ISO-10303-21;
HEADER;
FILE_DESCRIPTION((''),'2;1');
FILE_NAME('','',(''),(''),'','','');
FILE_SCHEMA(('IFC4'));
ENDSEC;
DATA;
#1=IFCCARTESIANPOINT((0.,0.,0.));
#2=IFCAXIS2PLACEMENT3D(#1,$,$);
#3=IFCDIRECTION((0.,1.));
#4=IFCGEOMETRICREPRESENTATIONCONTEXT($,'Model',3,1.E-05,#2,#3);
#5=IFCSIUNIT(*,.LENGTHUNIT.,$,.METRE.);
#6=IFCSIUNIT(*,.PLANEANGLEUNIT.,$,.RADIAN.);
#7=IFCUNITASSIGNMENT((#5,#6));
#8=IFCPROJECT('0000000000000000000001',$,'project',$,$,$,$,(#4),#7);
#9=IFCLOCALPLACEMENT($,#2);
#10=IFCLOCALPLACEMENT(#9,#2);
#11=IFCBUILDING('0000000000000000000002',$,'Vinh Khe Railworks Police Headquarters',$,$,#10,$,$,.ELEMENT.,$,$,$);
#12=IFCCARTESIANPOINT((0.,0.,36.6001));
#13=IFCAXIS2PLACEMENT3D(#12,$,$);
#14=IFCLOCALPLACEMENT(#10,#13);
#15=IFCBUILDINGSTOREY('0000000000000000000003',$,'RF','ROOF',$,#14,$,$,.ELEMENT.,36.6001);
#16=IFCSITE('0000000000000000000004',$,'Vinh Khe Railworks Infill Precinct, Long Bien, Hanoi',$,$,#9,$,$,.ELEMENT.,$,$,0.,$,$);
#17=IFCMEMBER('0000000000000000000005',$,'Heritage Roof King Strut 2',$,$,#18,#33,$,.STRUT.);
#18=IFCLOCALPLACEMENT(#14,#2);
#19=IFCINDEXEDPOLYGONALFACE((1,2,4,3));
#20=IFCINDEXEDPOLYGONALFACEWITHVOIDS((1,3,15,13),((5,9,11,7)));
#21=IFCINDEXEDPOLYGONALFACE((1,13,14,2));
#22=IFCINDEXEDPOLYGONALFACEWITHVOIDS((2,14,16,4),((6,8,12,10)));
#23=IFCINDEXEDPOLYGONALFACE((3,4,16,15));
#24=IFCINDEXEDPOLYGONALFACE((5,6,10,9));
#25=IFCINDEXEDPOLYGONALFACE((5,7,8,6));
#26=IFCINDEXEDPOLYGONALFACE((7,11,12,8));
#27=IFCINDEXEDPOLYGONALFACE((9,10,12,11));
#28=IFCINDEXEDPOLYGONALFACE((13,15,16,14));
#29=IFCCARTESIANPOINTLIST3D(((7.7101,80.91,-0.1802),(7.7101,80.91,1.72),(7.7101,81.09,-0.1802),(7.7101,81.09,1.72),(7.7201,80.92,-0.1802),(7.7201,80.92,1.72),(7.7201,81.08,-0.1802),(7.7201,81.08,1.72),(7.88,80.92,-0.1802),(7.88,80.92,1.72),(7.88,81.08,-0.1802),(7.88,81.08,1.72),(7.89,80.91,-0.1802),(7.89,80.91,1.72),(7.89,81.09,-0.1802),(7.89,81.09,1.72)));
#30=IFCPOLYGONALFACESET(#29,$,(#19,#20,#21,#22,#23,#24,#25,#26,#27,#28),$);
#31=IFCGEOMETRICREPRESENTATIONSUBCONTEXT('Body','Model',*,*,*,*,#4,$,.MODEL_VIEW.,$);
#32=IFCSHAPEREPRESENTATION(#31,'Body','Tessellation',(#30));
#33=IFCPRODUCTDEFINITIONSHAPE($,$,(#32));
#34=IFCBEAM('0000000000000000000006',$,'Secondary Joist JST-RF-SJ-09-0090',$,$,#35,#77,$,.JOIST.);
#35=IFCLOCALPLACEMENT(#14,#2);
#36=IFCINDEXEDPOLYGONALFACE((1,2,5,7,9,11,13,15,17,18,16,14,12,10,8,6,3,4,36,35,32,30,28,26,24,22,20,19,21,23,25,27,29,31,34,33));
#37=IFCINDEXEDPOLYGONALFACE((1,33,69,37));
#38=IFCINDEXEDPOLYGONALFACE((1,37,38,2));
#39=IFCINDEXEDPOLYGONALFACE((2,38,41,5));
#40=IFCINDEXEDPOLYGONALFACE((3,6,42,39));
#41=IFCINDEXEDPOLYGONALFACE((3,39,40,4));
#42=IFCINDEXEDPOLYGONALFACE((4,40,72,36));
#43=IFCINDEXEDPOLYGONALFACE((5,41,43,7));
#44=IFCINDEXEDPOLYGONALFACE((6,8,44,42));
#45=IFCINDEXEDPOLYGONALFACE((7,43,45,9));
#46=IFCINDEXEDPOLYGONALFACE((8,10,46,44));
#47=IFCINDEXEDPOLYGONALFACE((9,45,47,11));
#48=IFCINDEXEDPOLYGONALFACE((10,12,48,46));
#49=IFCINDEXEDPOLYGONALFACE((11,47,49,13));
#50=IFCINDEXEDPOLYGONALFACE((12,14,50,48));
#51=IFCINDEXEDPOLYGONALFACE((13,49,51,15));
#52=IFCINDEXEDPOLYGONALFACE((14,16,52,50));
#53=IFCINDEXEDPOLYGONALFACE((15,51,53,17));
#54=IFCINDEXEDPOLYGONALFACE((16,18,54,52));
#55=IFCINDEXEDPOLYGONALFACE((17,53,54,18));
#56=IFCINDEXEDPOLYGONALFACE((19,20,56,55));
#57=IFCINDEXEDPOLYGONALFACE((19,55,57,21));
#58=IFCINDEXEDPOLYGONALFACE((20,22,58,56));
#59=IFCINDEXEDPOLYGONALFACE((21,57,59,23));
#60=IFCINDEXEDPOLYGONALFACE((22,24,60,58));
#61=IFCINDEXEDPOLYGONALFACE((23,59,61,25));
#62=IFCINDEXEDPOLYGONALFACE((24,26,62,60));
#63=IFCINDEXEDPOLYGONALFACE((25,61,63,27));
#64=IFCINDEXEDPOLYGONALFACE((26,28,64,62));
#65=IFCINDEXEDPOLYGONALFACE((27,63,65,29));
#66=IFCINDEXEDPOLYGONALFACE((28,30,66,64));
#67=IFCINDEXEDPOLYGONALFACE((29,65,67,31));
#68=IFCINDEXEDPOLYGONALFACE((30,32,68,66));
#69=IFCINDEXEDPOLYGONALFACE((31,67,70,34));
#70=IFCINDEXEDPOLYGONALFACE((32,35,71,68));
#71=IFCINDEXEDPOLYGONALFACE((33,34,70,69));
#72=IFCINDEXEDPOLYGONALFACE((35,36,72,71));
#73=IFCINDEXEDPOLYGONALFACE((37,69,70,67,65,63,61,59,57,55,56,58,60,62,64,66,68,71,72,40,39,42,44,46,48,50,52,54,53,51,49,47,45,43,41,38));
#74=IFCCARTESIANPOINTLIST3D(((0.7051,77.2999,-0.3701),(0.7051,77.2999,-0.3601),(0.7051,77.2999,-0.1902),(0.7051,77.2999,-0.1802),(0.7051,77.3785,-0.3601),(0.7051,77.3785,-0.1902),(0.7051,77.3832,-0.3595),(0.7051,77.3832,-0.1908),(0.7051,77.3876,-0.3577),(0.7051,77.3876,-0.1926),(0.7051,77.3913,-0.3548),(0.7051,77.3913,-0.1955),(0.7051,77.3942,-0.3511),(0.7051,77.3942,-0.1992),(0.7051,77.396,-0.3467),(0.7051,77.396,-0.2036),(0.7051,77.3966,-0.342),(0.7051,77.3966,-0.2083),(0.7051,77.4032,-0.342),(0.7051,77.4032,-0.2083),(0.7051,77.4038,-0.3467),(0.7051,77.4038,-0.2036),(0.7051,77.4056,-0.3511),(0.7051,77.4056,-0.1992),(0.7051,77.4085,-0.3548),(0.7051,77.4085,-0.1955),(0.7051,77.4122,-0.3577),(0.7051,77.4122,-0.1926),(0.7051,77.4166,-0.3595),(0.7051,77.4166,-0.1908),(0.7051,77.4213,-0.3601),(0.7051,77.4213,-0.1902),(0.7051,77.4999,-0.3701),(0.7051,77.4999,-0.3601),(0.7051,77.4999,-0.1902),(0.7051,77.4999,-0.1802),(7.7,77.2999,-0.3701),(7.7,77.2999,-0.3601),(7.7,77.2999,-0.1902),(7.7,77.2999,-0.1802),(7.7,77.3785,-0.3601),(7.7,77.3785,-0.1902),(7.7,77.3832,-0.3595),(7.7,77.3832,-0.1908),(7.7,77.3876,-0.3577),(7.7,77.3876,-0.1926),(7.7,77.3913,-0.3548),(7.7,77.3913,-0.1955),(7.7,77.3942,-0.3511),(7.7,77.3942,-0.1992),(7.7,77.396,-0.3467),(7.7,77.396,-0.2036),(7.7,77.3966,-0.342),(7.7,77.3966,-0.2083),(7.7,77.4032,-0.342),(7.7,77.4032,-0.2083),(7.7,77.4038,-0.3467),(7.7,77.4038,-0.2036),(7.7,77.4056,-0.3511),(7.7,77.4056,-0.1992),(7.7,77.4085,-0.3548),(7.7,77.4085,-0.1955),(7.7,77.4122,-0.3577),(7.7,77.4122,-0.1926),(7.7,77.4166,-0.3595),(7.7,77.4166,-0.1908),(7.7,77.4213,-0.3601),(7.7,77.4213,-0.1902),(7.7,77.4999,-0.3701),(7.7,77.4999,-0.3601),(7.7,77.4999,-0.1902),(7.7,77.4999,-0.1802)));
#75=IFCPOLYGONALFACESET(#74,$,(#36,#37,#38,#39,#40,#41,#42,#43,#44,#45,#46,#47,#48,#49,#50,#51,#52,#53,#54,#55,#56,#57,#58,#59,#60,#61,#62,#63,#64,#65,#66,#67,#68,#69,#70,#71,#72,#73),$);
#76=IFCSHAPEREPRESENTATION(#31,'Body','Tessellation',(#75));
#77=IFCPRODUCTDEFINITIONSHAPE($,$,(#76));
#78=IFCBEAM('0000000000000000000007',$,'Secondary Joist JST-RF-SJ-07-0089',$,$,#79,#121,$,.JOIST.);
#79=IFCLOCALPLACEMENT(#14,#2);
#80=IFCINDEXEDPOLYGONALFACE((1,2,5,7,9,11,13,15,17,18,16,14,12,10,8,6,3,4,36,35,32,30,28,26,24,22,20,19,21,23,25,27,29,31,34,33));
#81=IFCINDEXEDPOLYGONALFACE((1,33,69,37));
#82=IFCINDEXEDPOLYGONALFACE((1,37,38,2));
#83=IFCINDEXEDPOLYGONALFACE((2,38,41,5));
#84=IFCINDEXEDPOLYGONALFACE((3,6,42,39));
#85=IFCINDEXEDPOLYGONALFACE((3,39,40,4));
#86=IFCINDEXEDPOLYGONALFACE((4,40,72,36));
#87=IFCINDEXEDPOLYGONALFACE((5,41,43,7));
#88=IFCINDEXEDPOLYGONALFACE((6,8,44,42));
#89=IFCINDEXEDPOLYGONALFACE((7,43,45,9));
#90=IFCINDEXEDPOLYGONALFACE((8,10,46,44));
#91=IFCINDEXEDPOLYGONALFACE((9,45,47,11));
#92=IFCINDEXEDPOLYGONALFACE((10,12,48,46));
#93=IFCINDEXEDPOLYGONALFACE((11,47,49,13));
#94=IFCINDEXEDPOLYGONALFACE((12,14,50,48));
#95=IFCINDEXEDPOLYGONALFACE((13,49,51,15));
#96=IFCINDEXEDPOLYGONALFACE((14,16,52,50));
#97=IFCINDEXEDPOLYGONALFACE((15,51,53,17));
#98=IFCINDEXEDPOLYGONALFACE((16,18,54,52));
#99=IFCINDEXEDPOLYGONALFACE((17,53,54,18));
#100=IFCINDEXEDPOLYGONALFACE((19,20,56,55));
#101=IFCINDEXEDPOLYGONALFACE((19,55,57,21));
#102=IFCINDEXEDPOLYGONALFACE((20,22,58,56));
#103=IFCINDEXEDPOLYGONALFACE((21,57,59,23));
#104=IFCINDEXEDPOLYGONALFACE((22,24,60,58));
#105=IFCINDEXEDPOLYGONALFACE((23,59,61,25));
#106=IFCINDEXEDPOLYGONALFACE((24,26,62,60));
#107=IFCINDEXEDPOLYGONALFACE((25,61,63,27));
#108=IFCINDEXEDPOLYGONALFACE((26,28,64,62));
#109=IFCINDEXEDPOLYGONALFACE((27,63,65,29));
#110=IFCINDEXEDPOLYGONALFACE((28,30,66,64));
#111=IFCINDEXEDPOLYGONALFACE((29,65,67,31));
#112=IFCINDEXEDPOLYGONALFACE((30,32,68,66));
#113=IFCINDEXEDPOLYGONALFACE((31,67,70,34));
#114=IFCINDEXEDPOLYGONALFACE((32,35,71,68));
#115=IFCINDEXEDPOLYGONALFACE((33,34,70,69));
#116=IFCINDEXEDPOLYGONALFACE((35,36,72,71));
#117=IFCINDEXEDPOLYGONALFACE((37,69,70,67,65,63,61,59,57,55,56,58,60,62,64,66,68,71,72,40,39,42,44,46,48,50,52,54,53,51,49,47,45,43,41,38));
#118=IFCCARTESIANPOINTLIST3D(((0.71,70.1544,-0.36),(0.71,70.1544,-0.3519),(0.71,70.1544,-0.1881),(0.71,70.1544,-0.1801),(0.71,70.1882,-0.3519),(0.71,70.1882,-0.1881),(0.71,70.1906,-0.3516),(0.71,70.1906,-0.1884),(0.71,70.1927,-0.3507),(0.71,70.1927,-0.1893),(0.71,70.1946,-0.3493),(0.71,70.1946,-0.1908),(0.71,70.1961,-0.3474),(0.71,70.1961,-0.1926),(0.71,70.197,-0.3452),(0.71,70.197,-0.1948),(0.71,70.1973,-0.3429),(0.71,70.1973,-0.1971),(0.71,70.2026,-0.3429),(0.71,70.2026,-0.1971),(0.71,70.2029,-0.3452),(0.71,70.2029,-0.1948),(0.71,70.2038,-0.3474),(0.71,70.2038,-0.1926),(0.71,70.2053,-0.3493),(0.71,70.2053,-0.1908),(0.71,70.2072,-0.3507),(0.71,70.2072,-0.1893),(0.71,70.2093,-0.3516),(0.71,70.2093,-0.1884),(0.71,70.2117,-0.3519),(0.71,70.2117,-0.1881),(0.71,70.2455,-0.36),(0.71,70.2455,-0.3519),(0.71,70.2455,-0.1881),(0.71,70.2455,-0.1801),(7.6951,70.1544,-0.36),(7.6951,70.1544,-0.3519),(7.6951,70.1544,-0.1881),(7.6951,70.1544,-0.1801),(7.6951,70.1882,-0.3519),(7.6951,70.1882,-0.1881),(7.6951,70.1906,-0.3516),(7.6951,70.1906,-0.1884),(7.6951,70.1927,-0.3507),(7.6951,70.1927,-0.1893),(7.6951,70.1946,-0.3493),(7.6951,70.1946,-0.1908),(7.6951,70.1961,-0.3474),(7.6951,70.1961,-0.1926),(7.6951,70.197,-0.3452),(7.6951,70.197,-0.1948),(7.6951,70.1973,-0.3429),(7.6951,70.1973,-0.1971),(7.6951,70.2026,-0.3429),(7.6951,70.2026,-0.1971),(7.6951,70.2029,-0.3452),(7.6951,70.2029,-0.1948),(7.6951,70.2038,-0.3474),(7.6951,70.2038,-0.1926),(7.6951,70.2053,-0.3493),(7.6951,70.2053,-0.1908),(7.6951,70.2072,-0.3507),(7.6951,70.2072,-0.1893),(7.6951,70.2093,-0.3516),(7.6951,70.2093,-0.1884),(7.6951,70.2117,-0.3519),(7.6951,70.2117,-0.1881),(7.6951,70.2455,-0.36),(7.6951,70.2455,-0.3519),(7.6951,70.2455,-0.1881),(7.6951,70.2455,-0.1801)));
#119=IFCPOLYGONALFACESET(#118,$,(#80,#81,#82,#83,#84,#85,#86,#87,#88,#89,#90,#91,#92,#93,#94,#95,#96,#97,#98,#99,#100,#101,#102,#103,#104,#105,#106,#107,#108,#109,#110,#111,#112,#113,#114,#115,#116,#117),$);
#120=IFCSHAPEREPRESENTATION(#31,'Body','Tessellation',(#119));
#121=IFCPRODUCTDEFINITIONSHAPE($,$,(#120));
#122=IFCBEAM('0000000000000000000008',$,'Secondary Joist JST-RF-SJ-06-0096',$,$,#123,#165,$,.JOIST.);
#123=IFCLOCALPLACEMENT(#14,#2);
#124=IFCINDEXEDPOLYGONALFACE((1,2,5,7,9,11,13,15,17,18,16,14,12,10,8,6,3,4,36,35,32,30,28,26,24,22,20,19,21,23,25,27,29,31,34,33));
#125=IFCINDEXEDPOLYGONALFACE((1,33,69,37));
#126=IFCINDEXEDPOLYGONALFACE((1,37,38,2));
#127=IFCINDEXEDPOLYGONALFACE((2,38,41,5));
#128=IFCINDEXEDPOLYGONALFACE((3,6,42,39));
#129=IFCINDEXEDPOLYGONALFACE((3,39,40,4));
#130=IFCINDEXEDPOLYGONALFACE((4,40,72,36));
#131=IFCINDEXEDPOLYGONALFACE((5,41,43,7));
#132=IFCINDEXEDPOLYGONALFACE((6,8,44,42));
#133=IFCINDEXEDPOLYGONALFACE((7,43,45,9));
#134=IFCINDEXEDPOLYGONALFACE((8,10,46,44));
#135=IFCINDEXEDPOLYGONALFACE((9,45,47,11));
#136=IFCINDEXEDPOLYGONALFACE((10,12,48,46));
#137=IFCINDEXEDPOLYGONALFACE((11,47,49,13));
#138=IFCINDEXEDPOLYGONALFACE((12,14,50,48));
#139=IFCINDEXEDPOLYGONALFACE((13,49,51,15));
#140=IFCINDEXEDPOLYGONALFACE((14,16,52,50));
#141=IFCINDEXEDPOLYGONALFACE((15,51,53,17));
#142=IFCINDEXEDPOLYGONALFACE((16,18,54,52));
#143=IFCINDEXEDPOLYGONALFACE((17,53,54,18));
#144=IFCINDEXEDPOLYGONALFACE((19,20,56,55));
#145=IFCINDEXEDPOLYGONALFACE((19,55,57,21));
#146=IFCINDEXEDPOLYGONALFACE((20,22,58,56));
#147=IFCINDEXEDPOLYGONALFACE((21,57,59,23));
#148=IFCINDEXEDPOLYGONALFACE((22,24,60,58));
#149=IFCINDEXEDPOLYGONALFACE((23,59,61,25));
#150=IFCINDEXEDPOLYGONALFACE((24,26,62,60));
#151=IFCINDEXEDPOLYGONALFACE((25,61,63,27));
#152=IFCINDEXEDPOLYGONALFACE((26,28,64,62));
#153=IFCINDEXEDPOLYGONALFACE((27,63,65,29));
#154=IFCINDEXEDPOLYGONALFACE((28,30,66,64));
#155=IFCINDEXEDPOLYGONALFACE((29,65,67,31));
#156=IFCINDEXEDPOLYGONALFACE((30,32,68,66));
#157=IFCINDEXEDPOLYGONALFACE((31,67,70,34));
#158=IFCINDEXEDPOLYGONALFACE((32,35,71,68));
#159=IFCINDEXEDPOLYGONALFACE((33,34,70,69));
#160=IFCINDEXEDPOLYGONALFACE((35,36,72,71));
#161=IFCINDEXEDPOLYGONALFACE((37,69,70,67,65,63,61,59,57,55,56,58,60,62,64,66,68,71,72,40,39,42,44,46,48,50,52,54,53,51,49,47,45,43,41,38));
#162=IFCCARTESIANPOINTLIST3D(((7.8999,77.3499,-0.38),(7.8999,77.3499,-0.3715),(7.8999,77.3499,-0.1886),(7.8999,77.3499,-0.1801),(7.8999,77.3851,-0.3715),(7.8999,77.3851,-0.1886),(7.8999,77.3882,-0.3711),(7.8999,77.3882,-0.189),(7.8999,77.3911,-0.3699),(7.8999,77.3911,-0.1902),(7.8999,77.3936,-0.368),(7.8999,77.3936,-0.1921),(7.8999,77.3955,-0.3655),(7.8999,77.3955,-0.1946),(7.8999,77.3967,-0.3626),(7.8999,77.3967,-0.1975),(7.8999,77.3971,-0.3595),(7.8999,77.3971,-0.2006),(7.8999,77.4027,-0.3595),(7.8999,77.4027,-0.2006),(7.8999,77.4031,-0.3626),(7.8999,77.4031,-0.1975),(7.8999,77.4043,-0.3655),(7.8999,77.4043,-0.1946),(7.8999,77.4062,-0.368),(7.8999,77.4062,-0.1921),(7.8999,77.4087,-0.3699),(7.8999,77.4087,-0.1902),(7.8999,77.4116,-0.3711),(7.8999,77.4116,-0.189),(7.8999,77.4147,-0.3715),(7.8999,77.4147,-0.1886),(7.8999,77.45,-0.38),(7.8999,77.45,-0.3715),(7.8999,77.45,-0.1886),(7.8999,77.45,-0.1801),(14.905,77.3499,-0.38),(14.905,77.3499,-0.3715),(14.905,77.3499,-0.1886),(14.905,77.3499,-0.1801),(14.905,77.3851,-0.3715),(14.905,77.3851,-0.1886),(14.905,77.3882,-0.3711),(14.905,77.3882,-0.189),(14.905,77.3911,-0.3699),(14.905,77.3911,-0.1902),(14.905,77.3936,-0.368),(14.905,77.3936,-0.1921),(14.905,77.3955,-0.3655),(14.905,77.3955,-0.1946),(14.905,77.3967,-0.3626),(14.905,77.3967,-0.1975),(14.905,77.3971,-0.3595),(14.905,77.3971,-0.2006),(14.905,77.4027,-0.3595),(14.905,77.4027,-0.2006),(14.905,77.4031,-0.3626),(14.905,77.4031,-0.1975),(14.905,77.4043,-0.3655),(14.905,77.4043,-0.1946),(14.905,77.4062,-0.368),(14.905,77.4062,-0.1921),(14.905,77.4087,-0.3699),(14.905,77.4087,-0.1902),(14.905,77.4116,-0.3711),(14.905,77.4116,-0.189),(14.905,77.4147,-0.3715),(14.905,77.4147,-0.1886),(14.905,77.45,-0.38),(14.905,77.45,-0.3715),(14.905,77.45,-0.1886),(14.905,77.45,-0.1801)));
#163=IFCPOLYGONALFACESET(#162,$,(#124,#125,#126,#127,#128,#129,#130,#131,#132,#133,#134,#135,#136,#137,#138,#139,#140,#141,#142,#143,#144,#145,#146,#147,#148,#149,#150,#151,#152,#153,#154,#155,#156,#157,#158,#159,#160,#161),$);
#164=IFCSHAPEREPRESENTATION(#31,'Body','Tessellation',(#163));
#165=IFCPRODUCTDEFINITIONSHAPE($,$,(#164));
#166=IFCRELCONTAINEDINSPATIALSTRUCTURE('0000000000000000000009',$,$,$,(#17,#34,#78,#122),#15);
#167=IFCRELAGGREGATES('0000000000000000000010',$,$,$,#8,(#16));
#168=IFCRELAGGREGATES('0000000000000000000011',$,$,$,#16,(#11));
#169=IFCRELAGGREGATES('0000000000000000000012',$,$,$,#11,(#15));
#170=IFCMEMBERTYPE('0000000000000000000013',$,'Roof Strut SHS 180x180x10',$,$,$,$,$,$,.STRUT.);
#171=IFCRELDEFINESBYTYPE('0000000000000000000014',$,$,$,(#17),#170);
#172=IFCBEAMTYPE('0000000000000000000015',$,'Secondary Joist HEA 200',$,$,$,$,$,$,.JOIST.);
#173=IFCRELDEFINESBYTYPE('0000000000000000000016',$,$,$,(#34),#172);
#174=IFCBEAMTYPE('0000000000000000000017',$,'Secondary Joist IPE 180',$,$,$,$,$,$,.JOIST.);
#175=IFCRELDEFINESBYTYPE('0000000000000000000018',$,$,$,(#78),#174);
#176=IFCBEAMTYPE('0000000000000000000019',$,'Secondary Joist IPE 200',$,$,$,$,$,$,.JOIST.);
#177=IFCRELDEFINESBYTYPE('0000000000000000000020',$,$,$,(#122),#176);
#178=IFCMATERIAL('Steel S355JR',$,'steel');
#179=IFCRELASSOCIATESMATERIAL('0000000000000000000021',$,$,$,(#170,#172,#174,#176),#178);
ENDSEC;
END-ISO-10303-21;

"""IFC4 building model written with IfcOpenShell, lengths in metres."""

from ifc_helpers import new_model, si_unit, direction, frame, origin, origin_2d, place, context, subcontext, project, spatial, hollow_rectangle, i_section, extrude, material, material_profile, profile_set, type_object, element, save


model = new_model("IFC4")

# Units and contexts
model_context = context("Model", 3, precision=1e-05, world=origin(), true_north=direction((0.0, 1.0)))
body_context = subcontext(model_context, "Body", "Model", "MODEL_VIEW")
ifc_project = project(units=[si_unit("LENGTHUNIT", "METRE"), si_unit("PLANEANGLEUNIT", "RADIAN")], contexts=[model_context])

# Site, building, storey
site_placement = place(None, origin())
site = spatial("IfcSite", under=ifc_project, at=site_placement, Name="Vinh Khe Railworks Infill Precinct, Long Bien, Hanoi", CompositionType="ELEMENT", RefElevation=0.0)
building_placement = place(site_placement, origin())
building = spatial("IfcBuilding", under=site, at=building_placement, Name="Vinh Khe Railworks Police Headquarters", CompositionType="ELEMENT")
storey_placement = place(building_placement, frame((0.0, 0.0, 36.6001)))
storey = spatial("IfcBuildingStorey", under=building, at=storey_placement, Name="RF", Description="ROOF", CompositionType="ELEMENT", Elevation=36.6001)

# Member
ifc_material_1 = material(Name="Steel S355JR", Category="steel")
ifc_material_profile_1 = material_profile(ifc_material_1, hollow_rectangle(XDim=0.1799, YDim=0.1799, WallThickness=0.01, at=origin_2d()), Name="SHS 180x180x10")
ifc_profile_set_1 = profile_set([ifc_material_profile_1], Name="Steel S355JR")
member_type_1 = type_object("IfcMemberType", Name="Roof Strut SHS 180x180x10", PredefinedType="STRUT", material=ifc_profile_set_1)
member_placement = place(storey_placement, frame((7.8, 81.0, -0.1802), z_axis=(0.0, 0.0, 1.0), x_axis=(1.0, 0.0, 0.0)))
element("IfcMember", 1, at=member_placement, inside=storey, type_object=member_type_1, Name="Heritage Roof King Strut 2", PredefinedType="STRUT", context=body_context, shape_type="SweptSolid", body=[
    extrude(hollow_rectangle(XDim=0.1799, YDim=0.1799, WallThickness=0.01, at=origin_2d()), origin(), (0.0, 0.0, 1.0), 1.9001),
])

# Beams
ifc_material_profile_2 = material_profile(ifc_material_1, i_section(OverallWidth=0.2, OverallDepth=0.1899, WebThickness=0.0066, FlangeThickness=0.01, FilletRadius=0.0181, at=origin_2d()), Name="HEA 200")
ifc_profile_set_2 = profile_set([ifc_material_profile_2], Name="Steel S355JR")
beam_type_1 = type_object("IfcBeamType", Name="Secondary Joist HEA 200", PredefinedType="JOIST", material=ifc_profile_set_2)
beam_1_placement = place(storey_placement, frame((0.7051, 77.3999, -0.2751), z_axis=(1.0, 0.0, 0.0), x_axis=(0.0, 1.0, 0.0)))
element("IfcBeam", 2, at=beam_1_placement, inside=storey, type_object=beam_type_1, Name="Secondary Joist JST-RF-SJ-09-0090", PredefinedType="JOIST", context=body_context, shape_type="SweptSolid", body=[
    extrude(i_section(OverallWidth=0.2, OverallDepth=0.1899, WebThickness=0.0066, FlangeThickness=0.01, FilletRadius=0.0181, at=origin_2d()), origin(), (0.0, 0.0, 1.0), 6.9949),
])
ifc_material_profile_3 = material_profile(ifc_material_1, i_section(OverallWidth=0.0911, OverallDepth=0.1799, WebThickness=0.0054, FlangeThickness=0.0081, FilletRadius=0.009, at=origin_2d()), Name="IPE 180")
ifc_profile_set_3 = profile_set([ifc_material_profile_3], Name="Steel S355JR")
beam_type_2 = type_object("IfcBeamType", Name="Secondary Joist IPE 180", PredefinedType="JOIST", material=ifc_profile_set_3)
beam_2_placement = place(storey_placement, frame((0.71, 70.2, -0.27), z_axis=(1.0, 0.0, 0.0), x_axis=(0.0, 1.0, 0.0)))
element("IfcBeam", 3, at=beam_2_placement, inside=storey, type_object=beam_type_2, Name="Secondary Joist JST-RF-SJ-07-0089", PredefinedType="JOIST", context=body_context, shape_type="SweptSolid", body=[
    extrude(i_section(OverallWidth=0.0911, OverallDepth=0.1799, WebThickness=0.0054, FlangeThickness=0.0081, FilletRadius=0.009, at=origin_2d()), origin(), (0.0, 0.0, 1.0), 6.9851),
])
ifc_material_profile_4 = material_profile(ifc_material_1, i_section(OverallWidth=0.1001, OverallDepth=0.2, WebThickness=0.0056, FlangeThickness=0.0085, FilletRadius=0.012, at=origin_2d()), Name="IPE 200")
ifc_profile_set_4 = profile_set([ifc_material_profile_4], Name="Steel S355JR")
beam_type_3 = type_object("IfcBeamType", Name="Secondary Joist IPE 200", PredefinedType="JOIST", material=ifc_profile_set_4)
beam_3_placement = place(storey_placement, frame((7.8999, 77.3999, -0.28), z_axis=(1.0, 0.0, 0.0), x_axis=(0.0, 1.0, 0.0)))
element("IfcBeam", 4, at=beam_3_placement, inside=storey, type_object=beam_type_3, Name="Secondary Joist JST-RF-SJ-06-0096", PredefinedType="JOIST", context=body_context, shape_type="SweptSolid", body=[
    extrude(i_section(OverallWidth=0.1001, OverallDepth=0.2, WebThickness=0.0056, FlangeThickness=0.0085, FilletRadius=0.012, at=origin_2d()), origin(), (0.0, 0.0, 1.0), 7.0051),
])

save(model, "model.ifc")
